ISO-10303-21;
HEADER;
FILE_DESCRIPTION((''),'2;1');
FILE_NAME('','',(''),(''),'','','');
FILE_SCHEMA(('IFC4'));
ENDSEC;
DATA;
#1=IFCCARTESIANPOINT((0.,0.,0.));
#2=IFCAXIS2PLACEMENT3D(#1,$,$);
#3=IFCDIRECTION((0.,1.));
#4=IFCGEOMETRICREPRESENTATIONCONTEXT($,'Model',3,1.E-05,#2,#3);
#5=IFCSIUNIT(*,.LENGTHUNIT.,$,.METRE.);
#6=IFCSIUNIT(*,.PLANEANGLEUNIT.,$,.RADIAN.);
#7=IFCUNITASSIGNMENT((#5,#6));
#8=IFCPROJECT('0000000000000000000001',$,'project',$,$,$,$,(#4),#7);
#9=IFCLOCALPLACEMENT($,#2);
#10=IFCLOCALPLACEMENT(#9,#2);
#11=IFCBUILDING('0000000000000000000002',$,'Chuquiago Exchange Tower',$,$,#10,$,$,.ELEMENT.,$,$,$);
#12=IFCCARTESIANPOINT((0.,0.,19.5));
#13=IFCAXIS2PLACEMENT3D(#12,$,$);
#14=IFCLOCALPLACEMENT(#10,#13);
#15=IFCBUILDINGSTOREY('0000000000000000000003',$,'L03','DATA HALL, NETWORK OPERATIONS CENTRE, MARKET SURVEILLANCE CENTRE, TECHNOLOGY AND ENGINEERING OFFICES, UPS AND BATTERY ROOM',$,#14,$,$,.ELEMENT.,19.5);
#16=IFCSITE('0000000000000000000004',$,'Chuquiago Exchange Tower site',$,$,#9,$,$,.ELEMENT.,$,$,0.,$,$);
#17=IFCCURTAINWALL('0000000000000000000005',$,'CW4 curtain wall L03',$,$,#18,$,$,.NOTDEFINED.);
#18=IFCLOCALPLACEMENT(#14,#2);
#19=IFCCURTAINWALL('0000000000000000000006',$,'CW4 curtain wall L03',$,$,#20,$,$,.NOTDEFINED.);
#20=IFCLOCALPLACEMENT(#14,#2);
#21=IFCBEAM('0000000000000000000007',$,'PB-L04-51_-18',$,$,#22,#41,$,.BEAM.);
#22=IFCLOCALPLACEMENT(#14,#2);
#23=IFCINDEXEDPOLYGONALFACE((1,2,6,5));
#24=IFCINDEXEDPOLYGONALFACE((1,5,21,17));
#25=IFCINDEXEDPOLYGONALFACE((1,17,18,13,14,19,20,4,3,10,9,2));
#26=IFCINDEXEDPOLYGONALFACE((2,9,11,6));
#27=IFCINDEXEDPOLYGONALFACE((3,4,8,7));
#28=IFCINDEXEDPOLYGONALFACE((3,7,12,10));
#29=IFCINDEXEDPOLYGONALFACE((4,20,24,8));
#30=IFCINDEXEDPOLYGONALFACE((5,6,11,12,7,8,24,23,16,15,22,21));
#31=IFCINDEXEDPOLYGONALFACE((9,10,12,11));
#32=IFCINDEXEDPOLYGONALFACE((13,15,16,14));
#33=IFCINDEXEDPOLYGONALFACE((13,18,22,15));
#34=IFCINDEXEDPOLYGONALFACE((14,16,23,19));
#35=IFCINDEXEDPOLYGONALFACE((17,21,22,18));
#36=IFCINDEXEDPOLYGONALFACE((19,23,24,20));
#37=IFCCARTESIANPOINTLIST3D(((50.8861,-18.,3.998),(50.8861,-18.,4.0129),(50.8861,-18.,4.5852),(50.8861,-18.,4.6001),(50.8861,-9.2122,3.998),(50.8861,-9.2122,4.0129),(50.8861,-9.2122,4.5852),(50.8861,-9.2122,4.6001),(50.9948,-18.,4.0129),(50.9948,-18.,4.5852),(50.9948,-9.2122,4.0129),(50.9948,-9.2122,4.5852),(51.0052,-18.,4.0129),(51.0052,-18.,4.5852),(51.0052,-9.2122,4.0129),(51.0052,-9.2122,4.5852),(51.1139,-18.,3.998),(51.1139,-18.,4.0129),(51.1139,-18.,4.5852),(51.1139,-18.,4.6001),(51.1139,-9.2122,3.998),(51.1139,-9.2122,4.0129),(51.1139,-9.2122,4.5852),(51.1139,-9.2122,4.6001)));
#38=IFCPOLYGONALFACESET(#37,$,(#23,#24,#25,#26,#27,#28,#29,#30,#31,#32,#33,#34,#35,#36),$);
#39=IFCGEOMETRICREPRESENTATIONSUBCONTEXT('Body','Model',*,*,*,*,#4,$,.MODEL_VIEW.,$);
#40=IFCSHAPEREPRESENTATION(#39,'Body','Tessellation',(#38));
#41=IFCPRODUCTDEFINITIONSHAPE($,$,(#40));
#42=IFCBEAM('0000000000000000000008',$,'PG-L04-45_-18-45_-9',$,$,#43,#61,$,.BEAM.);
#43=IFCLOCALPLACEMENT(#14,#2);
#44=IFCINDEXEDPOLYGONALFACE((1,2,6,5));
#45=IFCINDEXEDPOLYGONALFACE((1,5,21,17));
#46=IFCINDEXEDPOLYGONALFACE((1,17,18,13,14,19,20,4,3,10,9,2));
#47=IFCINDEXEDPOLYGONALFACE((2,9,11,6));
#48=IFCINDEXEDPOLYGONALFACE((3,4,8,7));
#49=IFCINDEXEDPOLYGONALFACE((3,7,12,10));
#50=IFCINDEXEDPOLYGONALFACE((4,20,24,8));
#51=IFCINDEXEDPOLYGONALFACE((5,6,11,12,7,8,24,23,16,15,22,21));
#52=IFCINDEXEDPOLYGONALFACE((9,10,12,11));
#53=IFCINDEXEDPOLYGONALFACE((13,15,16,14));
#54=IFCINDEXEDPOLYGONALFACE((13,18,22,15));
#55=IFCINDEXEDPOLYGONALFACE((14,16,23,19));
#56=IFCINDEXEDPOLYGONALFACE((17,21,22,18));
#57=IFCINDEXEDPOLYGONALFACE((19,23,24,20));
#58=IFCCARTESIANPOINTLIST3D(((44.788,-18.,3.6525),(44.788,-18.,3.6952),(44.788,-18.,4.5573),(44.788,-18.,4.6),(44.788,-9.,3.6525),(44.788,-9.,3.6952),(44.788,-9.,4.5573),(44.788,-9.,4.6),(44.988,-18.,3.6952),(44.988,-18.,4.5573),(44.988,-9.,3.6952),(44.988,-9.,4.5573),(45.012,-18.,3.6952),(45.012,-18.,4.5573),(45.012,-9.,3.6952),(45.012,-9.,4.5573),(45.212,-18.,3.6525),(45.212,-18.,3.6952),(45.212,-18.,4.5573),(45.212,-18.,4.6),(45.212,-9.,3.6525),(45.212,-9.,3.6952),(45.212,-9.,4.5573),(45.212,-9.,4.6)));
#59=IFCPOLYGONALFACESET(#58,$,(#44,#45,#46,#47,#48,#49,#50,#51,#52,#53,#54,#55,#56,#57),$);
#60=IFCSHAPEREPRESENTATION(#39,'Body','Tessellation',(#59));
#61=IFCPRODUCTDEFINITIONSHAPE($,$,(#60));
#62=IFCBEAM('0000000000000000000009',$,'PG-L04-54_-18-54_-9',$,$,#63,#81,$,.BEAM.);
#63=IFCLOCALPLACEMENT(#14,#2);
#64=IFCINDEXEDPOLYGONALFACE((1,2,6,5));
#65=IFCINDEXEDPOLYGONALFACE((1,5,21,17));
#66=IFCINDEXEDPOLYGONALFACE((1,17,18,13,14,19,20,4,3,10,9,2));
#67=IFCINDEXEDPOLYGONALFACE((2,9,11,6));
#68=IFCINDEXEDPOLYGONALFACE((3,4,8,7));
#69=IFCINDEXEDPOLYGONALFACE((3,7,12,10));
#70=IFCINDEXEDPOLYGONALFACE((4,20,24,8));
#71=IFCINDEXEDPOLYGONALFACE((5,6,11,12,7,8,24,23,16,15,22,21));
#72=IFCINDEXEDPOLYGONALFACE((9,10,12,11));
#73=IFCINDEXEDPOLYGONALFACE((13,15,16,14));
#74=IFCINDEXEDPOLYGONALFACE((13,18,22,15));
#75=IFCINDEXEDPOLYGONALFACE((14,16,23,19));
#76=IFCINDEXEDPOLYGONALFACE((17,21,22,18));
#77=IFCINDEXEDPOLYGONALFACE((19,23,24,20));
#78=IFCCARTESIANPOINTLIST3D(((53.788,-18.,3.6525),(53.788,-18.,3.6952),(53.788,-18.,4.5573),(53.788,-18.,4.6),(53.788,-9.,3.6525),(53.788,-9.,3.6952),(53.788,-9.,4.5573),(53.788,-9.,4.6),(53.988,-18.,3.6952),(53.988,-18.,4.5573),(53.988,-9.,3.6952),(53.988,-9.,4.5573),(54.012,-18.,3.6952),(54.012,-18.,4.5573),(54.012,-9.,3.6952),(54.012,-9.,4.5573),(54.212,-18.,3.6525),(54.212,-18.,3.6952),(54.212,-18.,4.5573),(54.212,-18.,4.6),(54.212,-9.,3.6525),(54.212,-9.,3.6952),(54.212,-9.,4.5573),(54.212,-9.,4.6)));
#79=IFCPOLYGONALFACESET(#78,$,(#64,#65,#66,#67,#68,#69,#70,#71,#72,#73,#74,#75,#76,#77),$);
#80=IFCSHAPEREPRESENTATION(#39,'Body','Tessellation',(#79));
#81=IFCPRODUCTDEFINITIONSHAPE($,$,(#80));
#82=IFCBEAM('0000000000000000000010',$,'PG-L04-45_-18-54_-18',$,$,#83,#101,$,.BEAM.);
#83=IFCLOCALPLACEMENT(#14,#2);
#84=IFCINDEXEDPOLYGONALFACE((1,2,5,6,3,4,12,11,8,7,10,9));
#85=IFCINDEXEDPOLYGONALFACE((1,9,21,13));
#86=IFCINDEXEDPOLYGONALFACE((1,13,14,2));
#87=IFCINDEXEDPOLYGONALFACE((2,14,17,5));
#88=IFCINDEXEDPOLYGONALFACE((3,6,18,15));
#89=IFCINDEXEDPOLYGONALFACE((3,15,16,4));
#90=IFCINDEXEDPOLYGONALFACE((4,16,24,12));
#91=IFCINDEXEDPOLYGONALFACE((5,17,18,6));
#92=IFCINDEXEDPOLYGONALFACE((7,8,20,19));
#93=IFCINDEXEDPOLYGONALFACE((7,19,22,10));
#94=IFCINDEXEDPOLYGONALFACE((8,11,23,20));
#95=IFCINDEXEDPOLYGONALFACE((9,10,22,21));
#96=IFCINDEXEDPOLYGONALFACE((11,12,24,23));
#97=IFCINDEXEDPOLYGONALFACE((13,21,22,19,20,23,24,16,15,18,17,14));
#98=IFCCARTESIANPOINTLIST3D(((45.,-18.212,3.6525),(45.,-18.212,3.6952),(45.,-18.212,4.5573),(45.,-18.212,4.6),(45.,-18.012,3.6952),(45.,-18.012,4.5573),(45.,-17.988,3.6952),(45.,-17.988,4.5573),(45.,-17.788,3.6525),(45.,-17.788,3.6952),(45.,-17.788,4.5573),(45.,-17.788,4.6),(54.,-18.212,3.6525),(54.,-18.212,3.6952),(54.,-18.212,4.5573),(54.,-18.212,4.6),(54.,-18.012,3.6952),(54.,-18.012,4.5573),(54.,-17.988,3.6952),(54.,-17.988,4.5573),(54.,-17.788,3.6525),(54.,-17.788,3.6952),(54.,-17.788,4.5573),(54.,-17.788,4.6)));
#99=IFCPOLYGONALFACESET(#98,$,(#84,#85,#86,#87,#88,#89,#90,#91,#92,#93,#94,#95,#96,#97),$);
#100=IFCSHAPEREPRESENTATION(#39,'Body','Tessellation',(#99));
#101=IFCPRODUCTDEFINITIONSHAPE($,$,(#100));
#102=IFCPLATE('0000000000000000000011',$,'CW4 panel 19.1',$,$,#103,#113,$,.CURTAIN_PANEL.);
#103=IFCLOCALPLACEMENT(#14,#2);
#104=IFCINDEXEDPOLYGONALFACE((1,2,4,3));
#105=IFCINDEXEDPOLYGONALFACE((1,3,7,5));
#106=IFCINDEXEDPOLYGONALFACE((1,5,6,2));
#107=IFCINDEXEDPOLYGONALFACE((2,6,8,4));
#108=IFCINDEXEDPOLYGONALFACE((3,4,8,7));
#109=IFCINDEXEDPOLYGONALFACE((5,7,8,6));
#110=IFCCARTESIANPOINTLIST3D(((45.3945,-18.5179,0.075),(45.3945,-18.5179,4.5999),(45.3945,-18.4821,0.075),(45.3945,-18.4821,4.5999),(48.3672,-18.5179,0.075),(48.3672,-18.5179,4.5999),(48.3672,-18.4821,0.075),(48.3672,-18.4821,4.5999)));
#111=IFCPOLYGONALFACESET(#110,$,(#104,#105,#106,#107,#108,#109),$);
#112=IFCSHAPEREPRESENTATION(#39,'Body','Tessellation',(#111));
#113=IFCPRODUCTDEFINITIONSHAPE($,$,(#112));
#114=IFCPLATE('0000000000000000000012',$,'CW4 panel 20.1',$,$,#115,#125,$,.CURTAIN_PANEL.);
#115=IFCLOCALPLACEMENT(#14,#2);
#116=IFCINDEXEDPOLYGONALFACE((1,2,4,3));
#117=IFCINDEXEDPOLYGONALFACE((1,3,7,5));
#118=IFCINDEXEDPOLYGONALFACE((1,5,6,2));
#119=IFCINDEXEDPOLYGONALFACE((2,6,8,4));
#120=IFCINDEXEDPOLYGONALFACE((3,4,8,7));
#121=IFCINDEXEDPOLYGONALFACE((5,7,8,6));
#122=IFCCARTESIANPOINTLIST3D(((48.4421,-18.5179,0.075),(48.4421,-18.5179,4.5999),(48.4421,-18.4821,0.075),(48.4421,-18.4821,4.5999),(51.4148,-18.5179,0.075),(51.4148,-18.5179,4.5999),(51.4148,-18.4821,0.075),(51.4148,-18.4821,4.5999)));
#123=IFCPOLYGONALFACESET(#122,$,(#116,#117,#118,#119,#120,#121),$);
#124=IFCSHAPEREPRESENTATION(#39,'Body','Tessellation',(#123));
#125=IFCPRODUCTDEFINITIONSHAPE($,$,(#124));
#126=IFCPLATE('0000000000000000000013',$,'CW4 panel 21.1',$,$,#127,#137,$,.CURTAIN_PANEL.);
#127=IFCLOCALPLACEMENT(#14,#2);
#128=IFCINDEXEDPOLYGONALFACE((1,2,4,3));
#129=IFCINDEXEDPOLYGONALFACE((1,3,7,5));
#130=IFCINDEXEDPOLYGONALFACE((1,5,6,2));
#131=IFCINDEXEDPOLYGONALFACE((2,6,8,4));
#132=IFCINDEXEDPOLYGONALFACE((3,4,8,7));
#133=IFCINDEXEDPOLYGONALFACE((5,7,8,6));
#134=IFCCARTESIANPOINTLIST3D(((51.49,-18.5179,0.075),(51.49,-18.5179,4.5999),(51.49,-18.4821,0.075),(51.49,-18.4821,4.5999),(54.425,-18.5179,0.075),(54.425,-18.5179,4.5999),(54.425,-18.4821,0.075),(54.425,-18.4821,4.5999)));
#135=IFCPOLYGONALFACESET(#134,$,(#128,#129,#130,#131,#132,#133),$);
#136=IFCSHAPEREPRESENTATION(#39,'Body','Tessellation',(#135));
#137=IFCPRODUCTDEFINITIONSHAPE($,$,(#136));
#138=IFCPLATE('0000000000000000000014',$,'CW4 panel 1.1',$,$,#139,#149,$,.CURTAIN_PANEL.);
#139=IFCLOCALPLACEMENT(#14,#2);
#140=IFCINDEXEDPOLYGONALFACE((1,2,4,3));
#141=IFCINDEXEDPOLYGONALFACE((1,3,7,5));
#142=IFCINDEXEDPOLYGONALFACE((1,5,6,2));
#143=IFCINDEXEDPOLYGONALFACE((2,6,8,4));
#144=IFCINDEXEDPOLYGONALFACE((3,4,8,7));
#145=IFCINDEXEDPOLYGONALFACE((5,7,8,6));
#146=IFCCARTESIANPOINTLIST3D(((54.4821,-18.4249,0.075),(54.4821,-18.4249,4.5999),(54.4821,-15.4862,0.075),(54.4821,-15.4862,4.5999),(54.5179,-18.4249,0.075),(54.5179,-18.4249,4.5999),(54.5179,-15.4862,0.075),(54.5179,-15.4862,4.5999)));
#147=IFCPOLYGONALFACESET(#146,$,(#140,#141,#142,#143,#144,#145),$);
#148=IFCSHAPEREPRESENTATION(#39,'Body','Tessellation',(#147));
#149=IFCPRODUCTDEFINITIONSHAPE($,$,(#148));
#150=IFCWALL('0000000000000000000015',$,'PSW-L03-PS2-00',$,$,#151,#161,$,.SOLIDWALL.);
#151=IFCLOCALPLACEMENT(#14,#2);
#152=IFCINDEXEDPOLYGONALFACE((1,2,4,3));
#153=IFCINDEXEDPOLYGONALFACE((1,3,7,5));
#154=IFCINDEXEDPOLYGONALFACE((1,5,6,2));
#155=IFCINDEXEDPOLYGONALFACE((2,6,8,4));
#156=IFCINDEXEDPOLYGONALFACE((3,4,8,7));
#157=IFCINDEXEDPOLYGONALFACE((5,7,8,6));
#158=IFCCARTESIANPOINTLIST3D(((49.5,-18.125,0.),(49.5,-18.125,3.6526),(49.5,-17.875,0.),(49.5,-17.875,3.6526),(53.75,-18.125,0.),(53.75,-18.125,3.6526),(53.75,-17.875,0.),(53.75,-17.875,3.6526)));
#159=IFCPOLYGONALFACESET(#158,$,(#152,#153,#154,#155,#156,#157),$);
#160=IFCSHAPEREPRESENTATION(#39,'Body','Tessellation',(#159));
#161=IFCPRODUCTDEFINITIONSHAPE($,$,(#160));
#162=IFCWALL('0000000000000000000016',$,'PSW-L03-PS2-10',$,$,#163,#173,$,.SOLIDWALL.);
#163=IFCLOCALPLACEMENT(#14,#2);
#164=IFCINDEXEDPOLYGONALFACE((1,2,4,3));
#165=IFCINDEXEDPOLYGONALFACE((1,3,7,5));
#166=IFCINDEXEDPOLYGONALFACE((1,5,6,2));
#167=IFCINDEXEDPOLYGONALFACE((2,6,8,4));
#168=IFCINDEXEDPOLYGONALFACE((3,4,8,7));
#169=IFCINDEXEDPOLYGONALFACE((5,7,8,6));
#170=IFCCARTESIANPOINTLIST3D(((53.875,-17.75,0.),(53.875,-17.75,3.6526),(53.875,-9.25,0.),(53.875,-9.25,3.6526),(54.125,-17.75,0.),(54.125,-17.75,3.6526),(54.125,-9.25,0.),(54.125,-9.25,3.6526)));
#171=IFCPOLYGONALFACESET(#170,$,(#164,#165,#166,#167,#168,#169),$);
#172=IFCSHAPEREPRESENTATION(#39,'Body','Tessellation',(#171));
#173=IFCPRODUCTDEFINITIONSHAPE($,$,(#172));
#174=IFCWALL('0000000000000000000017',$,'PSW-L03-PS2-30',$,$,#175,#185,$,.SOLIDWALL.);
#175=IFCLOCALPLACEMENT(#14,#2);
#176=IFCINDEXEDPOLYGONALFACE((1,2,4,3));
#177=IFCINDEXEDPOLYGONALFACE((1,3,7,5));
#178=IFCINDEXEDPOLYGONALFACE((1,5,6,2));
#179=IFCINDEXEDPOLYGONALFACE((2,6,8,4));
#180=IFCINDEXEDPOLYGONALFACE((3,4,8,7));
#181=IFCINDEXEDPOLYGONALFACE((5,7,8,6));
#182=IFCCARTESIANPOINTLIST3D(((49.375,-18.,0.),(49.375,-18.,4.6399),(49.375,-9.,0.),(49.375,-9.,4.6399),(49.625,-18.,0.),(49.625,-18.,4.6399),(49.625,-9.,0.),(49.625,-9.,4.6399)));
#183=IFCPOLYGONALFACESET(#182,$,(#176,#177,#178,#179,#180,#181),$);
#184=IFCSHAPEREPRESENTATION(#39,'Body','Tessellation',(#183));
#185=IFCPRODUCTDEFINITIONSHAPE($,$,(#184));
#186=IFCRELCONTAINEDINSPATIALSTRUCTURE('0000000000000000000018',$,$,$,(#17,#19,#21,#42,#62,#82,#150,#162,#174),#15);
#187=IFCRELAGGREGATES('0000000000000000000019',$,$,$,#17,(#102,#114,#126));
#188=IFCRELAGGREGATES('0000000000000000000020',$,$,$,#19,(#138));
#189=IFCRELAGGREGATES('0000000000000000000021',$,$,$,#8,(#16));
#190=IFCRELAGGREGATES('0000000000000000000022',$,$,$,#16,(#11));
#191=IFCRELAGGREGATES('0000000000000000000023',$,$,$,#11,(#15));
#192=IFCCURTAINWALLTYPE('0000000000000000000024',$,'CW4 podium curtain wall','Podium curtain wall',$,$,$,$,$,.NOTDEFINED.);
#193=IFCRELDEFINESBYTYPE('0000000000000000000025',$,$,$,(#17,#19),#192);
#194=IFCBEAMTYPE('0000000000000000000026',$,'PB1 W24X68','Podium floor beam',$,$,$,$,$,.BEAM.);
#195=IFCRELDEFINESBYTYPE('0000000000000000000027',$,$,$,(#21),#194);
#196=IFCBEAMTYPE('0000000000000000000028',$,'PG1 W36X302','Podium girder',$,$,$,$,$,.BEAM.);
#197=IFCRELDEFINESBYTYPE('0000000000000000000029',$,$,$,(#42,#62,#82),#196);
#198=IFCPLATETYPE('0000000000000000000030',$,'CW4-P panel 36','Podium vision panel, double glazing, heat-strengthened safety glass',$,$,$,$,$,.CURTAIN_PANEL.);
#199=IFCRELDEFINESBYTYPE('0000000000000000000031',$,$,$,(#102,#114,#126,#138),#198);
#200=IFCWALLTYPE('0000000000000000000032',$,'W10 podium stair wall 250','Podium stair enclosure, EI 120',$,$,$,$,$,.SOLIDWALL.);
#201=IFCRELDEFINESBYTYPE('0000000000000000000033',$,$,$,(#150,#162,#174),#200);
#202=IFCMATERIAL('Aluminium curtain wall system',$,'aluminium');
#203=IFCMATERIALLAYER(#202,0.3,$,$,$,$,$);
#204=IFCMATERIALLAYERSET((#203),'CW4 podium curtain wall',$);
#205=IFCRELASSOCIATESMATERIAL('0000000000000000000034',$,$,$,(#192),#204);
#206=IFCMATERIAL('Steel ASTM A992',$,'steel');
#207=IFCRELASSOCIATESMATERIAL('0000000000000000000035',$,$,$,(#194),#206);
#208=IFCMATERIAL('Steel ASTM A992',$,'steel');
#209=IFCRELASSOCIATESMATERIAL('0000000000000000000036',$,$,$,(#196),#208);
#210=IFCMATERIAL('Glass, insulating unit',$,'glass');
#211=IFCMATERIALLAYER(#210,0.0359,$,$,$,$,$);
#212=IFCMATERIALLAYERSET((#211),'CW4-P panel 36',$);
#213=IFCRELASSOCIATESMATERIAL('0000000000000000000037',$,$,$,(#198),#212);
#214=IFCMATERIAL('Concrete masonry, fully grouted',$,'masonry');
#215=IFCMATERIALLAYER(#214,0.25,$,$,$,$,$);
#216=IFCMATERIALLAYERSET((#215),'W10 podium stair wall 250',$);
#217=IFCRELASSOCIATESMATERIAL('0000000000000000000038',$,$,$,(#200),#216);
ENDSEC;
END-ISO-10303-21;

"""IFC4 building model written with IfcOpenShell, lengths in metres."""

from ifc_helpers import new_model, si_unit, direction, frame, frame_2d, origin, origin_2d, place, context, subcontext, project, spatial, rectangle, i_section, extrude, material, layer, layer_set, material_profile, profile_set, type_object, element, aggregate, save


model = new_model("IFC4")

# Units and contexts
model_context = context("Model", 3, precision=1e-05, world=origin(), true_north=direction((0.0, 1.0)))
body_context = subcontext(model_context, "Body", "Model", "MODEL_VIEW")
ifc_project = project(units=[si_unit("LENGTHUNIT", "METRE"), si_unit("PLANEANGLEUNIT", "RADIAN")], contexts=[model_context])

# Site, building, storey
site_placement = place(None, origin())
site = spatial("IfcSite", under=ifc_project, at=site_placement, Name="Chuquiago Exchange Tower site", CompositionType="ELEMENT", RefElevation=0.0)
building_placement = place(site_placement, origin())
building = spatial("IfcBuilding", under=site, at=building_placement, Name="Chuquiago Exchange Tower", CompositionType="ELEMENT")
storey_placement = place(building_placement, frame((0.0, 0.0, 19.5)))
storey = spatial("IfcBuildingStorey", under=building, at=storey_placement, Name="L03", Description="DATA HALL, NETWORK OPERATIONS CENTRE, MARKET SURVEILLANCE CENTRE, TECHNOLOGY AND ENGINEERING OFFICES, UPS AND BATTERY ROOM", CompositionType="ELEMENT", Elevation=19.5)

# Curtain walls
ifc_material_1 = material(Name="Aluminium curtain wall system", Category="aluminium")
ifc_layer_1 = layer(ifc_material_1, 0.3)
ifc_layer_set_1 = layer_set([ifc_layer_1], Name="CW4 podium curtain wall")
curtain_wall_type = type_object("IfcCurtainWallType", Name="CW4 podium curtain wall", Description="Podium curtain wall", PredefinedType="NOTDEFINED", material=ifc_layer_set_1)
curtain_wall_1_placement = place(storey_placement, origin())
curtain_wall_1 = element("IfcCurtainWall", 1, at=curtain_wall_1_placement, inside=storey, type_object=curtain_wall_type, Name="CW4 curtain wall L03", PredefinedType="NOTDEFINED")
curtain_wall_2_placement = place(storey_placement, origin())
curtain_wall_2 = element("IfcCurtainWall", 2, at=curtain_wall_2_placement, inside=storey, type_object=curtain_wall_type, Name="CW4 curtain wall L03", PredefinedType="NOTDEFINED")

# Beams
ifc_material_2 = material(Name="Steel ASTM A992", Category="steel")
ifc_material_profile_1 = material_profile(ifc_material_2, i_section(OverallWidth=0.2278, OverallDepth=0.6021, WebThickness=0.0105, FlangeThickness=0.0149, at=origin_2d()), Name="W24X68")
ifc_profile_set_1 = profile_set([ifc_material_profile_1], Name="Steel ASTM A992")
beam_type_1 = type_object("IfcBeamType", Name="PB1 W24X68", Description="Podium floor beam", PredefinedType="BEAM", material=ifc_profile_set_1)
for number, where, z_axis, x_axis, name in (
    (3, (51.0, -18.0, 4.2991), (0.0, 1.0, 0.0), (-1.0, 0.0, 0.0), "PB-L04-51_-18"),
):
    element("IfcBeam", number, at=place(storey_placement, frame(where, z_axis=z_axis, x_axis=x_axis)), inside=storey, type_object=beam_type_1, Name=name, PredefinedType="BEAM", context=body_context, shape_type="SweptSolid", body=[
        extrude(i_section(OverallWidth=0.2278, OverallDepth=0.6021, WebThickness=0.0105, FlangeThickness=0.0149, at=origin_2d()), origin(), (0.0, 0.0, 1.0), 8.7878),
    ])
ifc_material_3 = material(Name="Steel ASTM A992", Category="steel")
ifc_material_profile_2 = material_profile(ifc_material_3, i_section(OverallWidth=0.4241, OverallDepth=0.9475, WebThickness=0.0239, FlangeThickness=0.0427, at=origin_2d()), Name="W36X302")
ifc_profile_set_2 = profile_set([ifc_material_profile_2], Name="Steel ASTM A992")
beam_type_2 = type_object("IfcBeamType", Name="PG1 W36X302", Description="Podium girder", PredefinedType="BEAM", material=ifc_profile_set_2)
for number, where, z_axis, x_axis, name in (
    (4, (45.0, -18.0, 4.1262), (0.0, 1.0, 0.0), (-1.0, 0.0, 0.0), "PG-L04-45_-18-45_-9"),
    (5, (54.0, -18.0, 4.1262), (0.0, 1.0, 0.0), (-1.0, 0.0, 0.0), "PG-L04-54_-18-54_-9"),
    (6, (45.0, -18.0, 4.1262), (1.0, 0.0, 0.0), (0.0, 1.0, 0.0), "PG-L04-45_-18-54_-18"),
):
    element("IfcBeam", number, at=place(storey_placement, frame(where, z_axis=z_axis, x_axis=x_axis)), inside=storey, type_object=beam_type_2, Name=name, PredefinedType="BEAM", context=body_context, shape_type="SweptSolid", body=[
        extrude(i_section(OverallWidth=0.4241, OverallDepth=0.9475, WebThickness=0.0239, FlangeThickness=0.0427, at=origin_2d()), origin(), (0.0, 0.0, 1.0), 9.0),
    ])

# Plates
ifc_material_4 = material(Name="Glass, insulating unit", Category="glass")
ifc_layer_2 = layer(ifc_material_4, 0.0359)
ifc_layer_set_2 = layer_set([ifc_layer_2], Name="CW4-P panel 36")
plate_type = type_object("IfcPlateType", Name="CW4-P panel 36", Description="Podium vision panel, double glazing, heat-strengthened safety glass", PredefinedType="CURTAIN_PANEL", material=ifc_layer_set_2)
plate_1_placement = place(storey_placement, frame((46.8809, -18.5, 0.075), z_axis=(0.0, 0.0, 1.0), x_axis=(1.0, 0.0, 0.0)))
plate_1 = element("IfcPlate", 7, at=plate_1_placement, type_object=plate_type, Name="CW4 panel 19.1", PredefinedType="CURTAIN_PANEL", context=body_context, shape_type="SweptSolid", body=[
    extrude(rectangle(XDim=2.9727, YDim=0.0359, at=origin_2d()), origin(), (0.0, 0.0, 1.0), 4.5249),
])
plate_2_placement = place(storey_placement, frame((49.9285, -18.5, 0.075), z_axis=(0.0, 0.0, 1.0), x_axis=(1.0, 0.0, 0.0)))
plate_2 = element("IfcPlate", 8, at=plate_2_placement, type_object=plate_type, Name="CW4 panel 20.1", PredefinedType="CURTAIN_PANEL", context=body_context, shape_type="SweptSolid", body=[
    extrude(rectangle(XDim=2.9727, YDim=0.0359, at=origin_2d()), origin(), (0.0, 0.0, 1.0), 4.5249),
])
plate_3_placement = place(storey_placement, frame((52.9575, -18.5, 0.075), z_axis=(0.0, 0.0, 1.0), x_axis=(1.0, 0.0, 0.0)))
plate_3 = element("IfcPlate", 9, at=plate_3_placement, type_object=plate_type, Name="CW4 panel 21.1", PredefinedType="CURTAIN_PANEL", context=body_context, shape_type="SweptSolid", body=[
    extrude(rectangle(XDim=2.9351, YDim=0.0359, at=origin_2d()), origin(), (0.0, 0.0, 1.0), 4.5249),
])
aggregate(curtain_wall_1, [plate_1, plate_2, plate_3])
plate_4_placement = place(storey_placement, frame((54.5, -16.9556, 0.075), z_axis=(0.0, 0.0, 1.0), x_axis=(0.0, 1.0, 0.0)))
plate_4 = element("IfcPlate", 10, at=plate_4_placement, type_object=plate_type, Name="CW4 panel 1.1", PredefinedType="CURTAIN_PANEL", context=body_context, shape_type="SweptSolid", body=[
    extrude(rectangle(XDim=2.9387, YDim=0.0359, at=origin_2d()), origin(), (0.0, 0.0, 1.0), 4.5249),
])
aggregate(curtain_wall_2, [plate_4])

# Walls
ifc_material_5 = material(Name="Concrete masonry, fully grouted", Category="masonry")
ifc_layer_3 = layer(ifc_material_5, 0.25)
ifc_layer_set_3 = layer_set([ifc_layer_3], Name="W10 podium stair wall 250")
wall_type = type_object("IfcWallType", Name="W10 podium stair wall 250", Description="Podium stair enclosure, EI 120", PredefinedType="SOLIDWALL", material=ifc_layer_set_3)
wall_1_placement = place(storey_placement, frame((49.5, -18.0, 0.0), z_axis=(0.0, 0.0, 1.0), x_axis=(1.0, 0.0, 0.0)))
element("IfcWall", 11, at=wall_1_placement, inside=storey, type_object=wall_type, Name="PSW-L03-PS2-00", PredefinedType="SOLIDWALL", context=body_context, shape_type="SweptSolid", body=[
    extrude(rectangle(XDim=4.25, YDim=0.25, at=frame_2d((2.125, 0.0))), origin(), (0.0, 0.0, 1.0), 3.6526),
])
wall_2_placement = place(storey_placement, frame((54.0, -17.75, 0.0), z_axis=(0.0, 0.0, 1.0), x_axis=(0.0, 1.0, 0.0)))
element("IfcWall", 12, at=wall_2_placement, inside=storey, type_object=wall_type, Name="PSW-L03-PS2-10", PredefinedType="SOLIDWALL", context=body_context, shape_type="SweptSolid", body=[
    extrude(rectangle(XDim=8.5, YDim=0.25, at=frame_2d((4.25, 0.0))), origin(), (0.0, 0.0, 1.0), 3.6526),
])
wall_3_placement = place(storey_placement, frame((49.5, -18.0, 0.0), z_axis=(0.0, 0.0, 1.0), x_axis=(0.0, 1.0, 0.0)))
element("IfcWall", 13, at=wall_3_placement, inside=storey, type_object=wall_type, Name="PSW-L03-PS2-30", PredefinedType="SOLIDWALL", context=body_context, shape_type="SweptSolid", body=[
    extrude(rectangle(XDim=9.0, YDim=0.25, at=frame_2d((4.5, 0.0))), origin(), (0.0, 0.0, 1.0), 4.6399),
])

save(model, "model.ifc")
